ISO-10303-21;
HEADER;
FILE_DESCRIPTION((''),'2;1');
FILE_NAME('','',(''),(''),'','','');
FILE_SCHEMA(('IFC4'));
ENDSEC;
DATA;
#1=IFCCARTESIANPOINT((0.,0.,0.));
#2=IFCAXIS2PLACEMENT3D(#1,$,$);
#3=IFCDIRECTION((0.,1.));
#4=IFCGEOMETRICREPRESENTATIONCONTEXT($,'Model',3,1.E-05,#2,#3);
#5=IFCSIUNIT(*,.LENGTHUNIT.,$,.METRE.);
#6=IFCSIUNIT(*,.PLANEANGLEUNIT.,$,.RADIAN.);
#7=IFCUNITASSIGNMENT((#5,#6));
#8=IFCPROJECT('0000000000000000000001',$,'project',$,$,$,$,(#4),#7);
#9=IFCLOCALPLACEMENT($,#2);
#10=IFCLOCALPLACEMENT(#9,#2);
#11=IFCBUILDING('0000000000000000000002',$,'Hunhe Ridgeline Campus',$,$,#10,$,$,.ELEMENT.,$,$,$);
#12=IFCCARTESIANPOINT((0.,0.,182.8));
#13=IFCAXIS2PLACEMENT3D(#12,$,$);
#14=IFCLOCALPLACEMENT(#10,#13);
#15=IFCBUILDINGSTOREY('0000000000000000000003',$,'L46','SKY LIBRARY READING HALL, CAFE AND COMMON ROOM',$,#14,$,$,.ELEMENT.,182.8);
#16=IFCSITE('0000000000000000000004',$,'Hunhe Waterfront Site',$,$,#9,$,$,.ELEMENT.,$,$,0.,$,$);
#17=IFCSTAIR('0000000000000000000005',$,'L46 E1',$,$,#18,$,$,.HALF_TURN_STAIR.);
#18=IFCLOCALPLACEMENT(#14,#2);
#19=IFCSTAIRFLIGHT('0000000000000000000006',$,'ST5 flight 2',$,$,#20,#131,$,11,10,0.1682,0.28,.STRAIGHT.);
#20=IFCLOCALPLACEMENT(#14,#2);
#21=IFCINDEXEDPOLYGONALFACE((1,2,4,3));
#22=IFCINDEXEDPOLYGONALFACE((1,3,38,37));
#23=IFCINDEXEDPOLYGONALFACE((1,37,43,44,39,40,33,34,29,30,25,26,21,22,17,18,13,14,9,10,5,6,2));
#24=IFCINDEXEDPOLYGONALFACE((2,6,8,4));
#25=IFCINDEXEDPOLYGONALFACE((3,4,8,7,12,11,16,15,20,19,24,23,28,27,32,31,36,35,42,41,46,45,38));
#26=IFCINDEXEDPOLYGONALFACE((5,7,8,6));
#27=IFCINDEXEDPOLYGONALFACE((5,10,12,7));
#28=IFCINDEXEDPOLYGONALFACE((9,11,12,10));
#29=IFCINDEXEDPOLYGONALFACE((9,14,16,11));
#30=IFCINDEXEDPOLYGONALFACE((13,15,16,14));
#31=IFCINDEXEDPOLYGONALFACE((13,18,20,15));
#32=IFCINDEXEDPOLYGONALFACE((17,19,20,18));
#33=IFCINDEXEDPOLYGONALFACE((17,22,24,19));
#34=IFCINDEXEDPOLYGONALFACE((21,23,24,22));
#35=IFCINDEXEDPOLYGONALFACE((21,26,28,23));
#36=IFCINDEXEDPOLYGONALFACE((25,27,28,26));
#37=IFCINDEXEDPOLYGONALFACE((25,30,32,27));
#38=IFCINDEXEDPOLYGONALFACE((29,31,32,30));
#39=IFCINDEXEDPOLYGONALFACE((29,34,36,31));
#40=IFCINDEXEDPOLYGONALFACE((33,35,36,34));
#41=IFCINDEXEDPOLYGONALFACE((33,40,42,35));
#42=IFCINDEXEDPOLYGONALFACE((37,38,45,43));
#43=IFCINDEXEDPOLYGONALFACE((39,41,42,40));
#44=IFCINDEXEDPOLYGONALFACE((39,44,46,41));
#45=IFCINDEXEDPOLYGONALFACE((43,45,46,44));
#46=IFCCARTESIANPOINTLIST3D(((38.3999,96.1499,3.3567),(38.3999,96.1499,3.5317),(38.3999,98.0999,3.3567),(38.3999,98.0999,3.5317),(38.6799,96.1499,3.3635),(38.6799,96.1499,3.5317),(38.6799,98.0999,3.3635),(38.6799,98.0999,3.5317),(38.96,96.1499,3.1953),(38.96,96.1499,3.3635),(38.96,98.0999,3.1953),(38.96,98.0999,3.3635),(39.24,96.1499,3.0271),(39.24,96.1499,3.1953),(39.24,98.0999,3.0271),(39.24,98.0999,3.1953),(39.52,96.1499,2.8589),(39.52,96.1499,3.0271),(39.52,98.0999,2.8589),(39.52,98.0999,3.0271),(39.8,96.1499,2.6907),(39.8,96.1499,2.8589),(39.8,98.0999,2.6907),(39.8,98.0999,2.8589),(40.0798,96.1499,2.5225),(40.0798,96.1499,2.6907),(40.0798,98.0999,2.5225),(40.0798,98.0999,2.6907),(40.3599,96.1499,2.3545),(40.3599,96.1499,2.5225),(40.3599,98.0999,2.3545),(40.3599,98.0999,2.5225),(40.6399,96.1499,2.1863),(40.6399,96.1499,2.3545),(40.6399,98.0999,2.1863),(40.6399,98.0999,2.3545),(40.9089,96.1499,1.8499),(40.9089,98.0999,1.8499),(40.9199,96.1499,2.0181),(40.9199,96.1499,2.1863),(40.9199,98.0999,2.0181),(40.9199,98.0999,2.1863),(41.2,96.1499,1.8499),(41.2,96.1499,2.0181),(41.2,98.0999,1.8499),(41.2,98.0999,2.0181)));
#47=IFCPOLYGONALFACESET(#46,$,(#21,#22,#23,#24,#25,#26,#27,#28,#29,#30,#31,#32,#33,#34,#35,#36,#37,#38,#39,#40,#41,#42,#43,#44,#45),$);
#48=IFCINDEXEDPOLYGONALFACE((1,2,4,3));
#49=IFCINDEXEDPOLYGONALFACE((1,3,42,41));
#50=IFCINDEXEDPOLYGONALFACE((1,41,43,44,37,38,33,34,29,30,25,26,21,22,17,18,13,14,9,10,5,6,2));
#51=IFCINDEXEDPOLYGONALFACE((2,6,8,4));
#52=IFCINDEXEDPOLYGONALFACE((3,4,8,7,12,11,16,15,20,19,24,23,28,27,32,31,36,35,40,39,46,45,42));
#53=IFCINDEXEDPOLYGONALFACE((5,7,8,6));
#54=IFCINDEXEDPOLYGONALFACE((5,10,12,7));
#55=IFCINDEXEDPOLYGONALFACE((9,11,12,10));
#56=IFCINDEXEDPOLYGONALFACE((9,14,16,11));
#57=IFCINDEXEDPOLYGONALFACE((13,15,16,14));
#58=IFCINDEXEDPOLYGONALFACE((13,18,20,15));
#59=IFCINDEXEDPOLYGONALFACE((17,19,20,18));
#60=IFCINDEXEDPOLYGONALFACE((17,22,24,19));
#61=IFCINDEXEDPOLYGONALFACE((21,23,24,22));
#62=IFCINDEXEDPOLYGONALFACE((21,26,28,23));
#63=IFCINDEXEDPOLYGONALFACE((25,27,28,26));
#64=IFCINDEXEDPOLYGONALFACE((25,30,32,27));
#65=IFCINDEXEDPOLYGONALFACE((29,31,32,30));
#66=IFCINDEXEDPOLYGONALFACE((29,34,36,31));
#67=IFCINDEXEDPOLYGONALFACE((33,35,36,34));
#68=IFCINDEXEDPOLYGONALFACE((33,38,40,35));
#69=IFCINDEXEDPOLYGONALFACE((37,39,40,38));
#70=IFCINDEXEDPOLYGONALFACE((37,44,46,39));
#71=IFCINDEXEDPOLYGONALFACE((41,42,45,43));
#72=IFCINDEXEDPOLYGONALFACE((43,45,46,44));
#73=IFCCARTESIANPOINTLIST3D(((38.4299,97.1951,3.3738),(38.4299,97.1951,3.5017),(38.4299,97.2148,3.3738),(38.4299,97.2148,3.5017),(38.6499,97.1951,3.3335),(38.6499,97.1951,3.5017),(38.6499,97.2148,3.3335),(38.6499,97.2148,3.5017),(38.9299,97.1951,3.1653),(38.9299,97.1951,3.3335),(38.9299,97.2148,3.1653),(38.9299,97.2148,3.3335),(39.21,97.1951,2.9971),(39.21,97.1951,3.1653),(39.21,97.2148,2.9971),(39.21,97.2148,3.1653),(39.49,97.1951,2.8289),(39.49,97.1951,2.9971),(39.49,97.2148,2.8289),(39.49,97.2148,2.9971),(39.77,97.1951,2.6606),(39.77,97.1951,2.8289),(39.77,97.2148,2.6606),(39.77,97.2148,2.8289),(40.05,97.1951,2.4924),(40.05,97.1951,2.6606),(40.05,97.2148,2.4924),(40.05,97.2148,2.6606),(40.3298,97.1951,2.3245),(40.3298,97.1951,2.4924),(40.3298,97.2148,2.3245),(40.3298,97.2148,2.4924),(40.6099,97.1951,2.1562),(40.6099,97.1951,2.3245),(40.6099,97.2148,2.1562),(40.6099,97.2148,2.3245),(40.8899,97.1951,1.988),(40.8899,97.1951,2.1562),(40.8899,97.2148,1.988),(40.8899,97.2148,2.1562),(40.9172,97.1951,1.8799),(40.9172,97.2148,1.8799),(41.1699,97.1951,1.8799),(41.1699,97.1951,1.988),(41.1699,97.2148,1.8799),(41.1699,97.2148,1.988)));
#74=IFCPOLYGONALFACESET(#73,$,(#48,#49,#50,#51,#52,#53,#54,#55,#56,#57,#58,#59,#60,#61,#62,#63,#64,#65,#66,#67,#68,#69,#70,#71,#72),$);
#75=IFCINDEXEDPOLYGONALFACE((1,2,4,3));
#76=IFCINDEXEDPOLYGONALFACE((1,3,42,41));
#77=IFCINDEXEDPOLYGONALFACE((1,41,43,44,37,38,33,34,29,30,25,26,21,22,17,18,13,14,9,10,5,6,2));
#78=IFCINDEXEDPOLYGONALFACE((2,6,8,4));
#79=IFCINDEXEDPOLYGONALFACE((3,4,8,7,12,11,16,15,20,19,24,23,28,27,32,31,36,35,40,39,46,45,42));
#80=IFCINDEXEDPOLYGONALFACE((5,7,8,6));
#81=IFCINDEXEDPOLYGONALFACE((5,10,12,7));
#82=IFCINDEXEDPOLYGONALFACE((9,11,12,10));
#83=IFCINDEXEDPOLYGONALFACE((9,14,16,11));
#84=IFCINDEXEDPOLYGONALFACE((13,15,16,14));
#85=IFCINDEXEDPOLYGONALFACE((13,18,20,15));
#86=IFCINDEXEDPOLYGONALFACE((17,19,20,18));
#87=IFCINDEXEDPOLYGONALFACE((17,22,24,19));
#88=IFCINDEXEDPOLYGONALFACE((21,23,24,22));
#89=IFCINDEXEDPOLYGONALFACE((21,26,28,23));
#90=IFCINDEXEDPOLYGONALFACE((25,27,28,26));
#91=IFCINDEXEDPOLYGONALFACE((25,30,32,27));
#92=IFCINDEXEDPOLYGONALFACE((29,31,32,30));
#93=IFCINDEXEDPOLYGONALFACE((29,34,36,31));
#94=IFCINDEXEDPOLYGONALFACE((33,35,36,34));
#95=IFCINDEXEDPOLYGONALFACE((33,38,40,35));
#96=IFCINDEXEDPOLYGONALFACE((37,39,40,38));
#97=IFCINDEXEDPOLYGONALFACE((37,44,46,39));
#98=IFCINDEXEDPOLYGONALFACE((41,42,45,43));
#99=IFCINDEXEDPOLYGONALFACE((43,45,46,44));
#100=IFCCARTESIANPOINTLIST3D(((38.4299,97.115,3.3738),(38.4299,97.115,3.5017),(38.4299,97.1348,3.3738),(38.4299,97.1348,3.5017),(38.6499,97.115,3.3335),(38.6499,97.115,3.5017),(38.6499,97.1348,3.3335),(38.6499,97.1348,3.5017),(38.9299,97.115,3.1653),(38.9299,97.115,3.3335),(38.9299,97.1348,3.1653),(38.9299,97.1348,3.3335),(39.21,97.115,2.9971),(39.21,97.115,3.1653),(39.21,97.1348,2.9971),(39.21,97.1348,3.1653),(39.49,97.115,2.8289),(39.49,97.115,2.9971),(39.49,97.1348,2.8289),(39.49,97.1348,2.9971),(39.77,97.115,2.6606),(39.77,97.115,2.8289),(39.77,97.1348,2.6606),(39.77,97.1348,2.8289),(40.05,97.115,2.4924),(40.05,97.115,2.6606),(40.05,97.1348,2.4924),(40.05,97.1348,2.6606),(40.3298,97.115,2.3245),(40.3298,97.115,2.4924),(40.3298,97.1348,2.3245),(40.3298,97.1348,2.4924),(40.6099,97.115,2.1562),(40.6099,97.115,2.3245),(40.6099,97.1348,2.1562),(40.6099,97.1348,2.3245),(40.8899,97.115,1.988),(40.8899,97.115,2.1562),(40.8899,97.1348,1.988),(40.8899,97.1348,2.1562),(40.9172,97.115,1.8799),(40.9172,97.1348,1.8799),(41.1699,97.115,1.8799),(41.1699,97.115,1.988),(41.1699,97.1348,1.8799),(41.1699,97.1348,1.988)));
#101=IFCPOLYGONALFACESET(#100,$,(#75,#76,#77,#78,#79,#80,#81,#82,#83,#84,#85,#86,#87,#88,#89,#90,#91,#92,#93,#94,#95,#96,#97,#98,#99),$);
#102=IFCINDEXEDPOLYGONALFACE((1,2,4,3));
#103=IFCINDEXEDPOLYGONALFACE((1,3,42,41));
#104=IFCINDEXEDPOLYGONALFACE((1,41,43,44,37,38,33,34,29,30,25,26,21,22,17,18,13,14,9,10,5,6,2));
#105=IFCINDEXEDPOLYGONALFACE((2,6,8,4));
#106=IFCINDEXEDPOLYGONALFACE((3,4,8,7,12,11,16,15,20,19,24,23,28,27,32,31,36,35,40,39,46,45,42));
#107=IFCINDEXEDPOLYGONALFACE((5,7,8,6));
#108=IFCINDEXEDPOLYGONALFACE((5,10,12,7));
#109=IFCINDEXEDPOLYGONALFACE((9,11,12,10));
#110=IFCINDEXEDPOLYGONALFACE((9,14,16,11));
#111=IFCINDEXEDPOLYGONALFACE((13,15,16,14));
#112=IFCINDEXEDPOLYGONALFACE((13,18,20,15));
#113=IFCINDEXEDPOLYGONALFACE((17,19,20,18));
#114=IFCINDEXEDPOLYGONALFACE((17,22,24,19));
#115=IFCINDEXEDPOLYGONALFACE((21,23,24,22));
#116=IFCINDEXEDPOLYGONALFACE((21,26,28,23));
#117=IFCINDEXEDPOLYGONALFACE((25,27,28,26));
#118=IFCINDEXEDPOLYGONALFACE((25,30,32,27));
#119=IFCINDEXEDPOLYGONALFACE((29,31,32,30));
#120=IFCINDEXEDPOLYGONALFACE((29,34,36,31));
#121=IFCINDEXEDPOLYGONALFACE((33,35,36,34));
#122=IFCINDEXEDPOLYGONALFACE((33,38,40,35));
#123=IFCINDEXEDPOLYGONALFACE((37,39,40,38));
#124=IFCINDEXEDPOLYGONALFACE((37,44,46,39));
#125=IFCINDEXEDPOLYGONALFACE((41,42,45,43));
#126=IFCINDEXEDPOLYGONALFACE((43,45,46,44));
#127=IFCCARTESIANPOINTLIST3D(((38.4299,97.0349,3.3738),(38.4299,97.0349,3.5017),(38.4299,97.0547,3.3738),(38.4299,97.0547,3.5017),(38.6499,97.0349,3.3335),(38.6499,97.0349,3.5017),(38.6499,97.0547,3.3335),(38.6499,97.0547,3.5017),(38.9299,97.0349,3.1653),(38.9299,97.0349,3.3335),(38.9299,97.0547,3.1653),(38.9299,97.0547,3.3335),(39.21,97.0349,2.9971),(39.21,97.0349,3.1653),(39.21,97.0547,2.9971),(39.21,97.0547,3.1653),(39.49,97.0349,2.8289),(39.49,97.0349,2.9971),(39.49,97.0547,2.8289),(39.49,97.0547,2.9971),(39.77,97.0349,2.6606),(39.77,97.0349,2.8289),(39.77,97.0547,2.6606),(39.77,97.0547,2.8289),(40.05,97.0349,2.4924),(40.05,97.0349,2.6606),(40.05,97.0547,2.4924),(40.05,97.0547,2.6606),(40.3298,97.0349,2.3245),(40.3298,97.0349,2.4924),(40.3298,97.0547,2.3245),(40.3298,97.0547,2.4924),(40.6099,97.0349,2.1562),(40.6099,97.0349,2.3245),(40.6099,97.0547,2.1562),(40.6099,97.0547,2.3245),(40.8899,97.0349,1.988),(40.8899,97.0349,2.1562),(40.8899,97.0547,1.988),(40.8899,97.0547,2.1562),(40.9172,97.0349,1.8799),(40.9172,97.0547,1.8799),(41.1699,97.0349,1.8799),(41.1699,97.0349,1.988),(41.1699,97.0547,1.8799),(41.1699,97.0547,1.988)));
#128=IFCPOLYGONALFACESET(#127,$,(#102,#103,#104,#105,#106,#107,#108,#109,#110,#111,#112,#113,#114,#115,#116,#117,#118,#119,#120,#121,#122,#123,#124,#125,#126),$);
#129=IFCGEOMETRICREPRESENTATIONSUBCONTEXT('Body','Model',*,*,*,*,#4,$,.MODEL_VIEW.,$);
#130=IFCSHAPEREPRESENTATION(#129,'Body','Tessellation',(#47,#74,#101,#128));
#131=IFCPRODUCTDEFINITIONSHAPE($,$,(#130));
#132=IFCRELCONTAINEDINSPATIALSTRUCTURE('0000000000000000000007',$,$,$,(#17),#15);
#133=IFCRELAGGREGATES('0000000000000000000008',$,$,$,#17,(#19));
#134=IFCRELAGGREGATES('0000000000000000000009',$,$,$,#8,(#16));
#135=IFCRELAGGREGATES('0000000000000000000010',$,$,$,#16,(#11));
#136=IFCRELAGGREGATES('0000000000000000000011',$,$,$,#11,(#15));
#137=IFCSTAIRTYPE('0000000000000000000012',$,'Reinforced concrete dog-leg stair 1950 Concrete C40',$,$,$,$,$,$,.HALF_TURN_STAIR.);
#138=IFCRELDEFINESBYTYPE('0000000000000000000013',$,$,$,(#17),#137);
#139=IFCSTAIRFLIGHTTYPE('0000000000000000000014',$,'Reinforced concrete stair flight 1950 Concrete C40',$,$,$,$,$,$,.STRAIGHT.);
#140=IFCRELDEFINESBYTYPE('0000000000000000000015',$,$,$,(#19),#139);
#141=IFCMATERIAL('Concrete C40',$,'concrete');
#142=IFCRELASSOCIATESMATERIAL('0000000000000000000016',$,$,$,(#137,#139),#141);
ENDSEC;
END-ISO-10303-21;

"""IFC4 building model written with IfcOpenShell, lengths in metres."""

from ifc_helpers import new_model, si_unit, direction, frame, origin, place, context, subcontext, project, spatial, polyline, outline, extrude, material, type_object, element, aggregate, save


model = new_model("IFC4")

# Units and contexts
model_context = context("Model", 3, precision=1e-05, world=origin(), true_north=direction((0.0, 1.0)))
body_context = subcontext(model_context, "Body", "Model", "MODEL_VIEW")
ifc_project = project(units=[si_unit("LENGTHUNIT", "METRE"), si_unit("PLANEANGLEUNIT", "RADIAN")], contexts=[model_context])

# Site, building, storey
site_placement = place(None, origin())
site = spatial("IfcSite", under=ifc_project, at=site_placement, Name="Hunhe Waterfront Site", CompositionType="ELEMENT", RefElevation=0.0)
building_placement = place(site_placement, origin())
building = spatial("IfcBuilding", under=site, at=building_placement, Name="Hunhe Ridgeline Campus", CompositionType="ELEMENT")
storey_placement = place(building_placement, frame((0.0, 0.0, 182.8)))
storey = spatial("IfcBuildingStorey", under=building, at=storey_placement, Name="L46", Description="SKY LIBRARY READING HALL, CAFE AND COMMON ROOM", CompositionType="ELEMENT", Elevation=182.8)

# Stair, stair flight
ifc_material_1 = material(Name="Concrete C40", Category="concrete")
stair_type = type_object("IfcStairType", Name="Reinforced concrete dog-leg stair 1950 Concrete C40", PredefinedType="HALF_TURN_STAIR", material=ifc_material_1)
stair_placement = place(storey_placement, origin())
stair = element("IfcStair", 1, at=stair_placement, inside=storey, type_object=stair_type, Name="L46 E1", PredefinedType="HALF_TURN_STAIR")
stair_flight_type = type_object("IfcStairFlightType", Name="Reinforced concrete stair flight 1950 Concrete C40", PredefinedType="STRAIGHT", material=ifc_material_1)
stair_flight_1_placement = place(storey_placement, frame((41.2, 97.125, 1.8499), z_axis=(0.0, 0.0, 1.0), x_axis=(-1.0, 0.0, 0.0)))
stair_flight_1 = element("IfcStairFlight", 2, at=stair_flight_1_placement, type_object=stair_flight_type, Name="ST5 flight 2", NumberOfRisers=11, NumberOfTreads=10, PredefinedType="STRAIGHT", RiserHeight=0.1682, TreadLength=0.28, context=body_context, shape_type="SweptSolid", body=[
    extrude(outline(polyline([(0.0, 0.0), (0.0, 0.1682), (0.28, 0.1682), (0.28, 0.3364), (0.5601, 0.3364), (0.5601, 0.5046), (0.8401, 0.5046), (0.8401, 0.6726), (1.1201, 0.6726), (1.1201, 0.8408), (1.3999, 0.8408), (1.3999, 1.009), (1.6799, 1.009), (1.6799, 1.1772), (1.96, 1.1772), (1.96, 1.3455), (2.24, 1.3455), (2.24, 1.5137), (2.52, 1.5137), (2.52, 1.6819), (2.8, 1.6819), (2.8, 1.8501), (2.8, 1.5068), (0.291, 0.0), (0.0, 0.0)])), frame((0.0, 0.9751, 0.0), z_axis=(0.0, -1.0, 0.0), x_axis=(1.0, 0.0, 0.0)), (0.0, 0.0, 1.0), 1.95),
    extrude(outline(polyline([(0.03, 0.03), (0.03, 0.1382), (0.3101, 0.1382), (0.3101, 0.3064), (0.5901, 0.3064), (0.5901, 0.4746), (0.8701, 0.4746), (0.8701, 0.6426), (1.1499, 0.6426), (1.1499, 0.8108), (1.4299, 0.8108), (1.4299, 0.979), (1.71, 0.979), (1.71, 1.1472), (1.99, 1.1472), (1.99, 1.3154), (2.27, 1.3154), (2.27, 1.4836), (2.55, 1.4836), (2.55, 1.6519), (2.77, 1.6519), (2.77, 1.5239), (0.2827, 0.03), (0.03, 0.03)])), frame((0.0, -0.0701, 0.0), z_axis=(0.0, -1.0, 0.0), x_axis=(1.0, 0.0, 0.0)), (0.0, 0.0, 1.0), 0.0198),
    extrude(outline(polyline([(0.03, 0.03), (0.03, 0.1382), (0.3101, 0.1382), (0.3101, 0.3064), (0.5901, 0.3064), (0.5901, 0.4746), (0.8701, 0.4746), (0.8701, 0.6426), (1.1499, 0.6426), (1.1499, 0.8108), (1.4299, 0.8108), (1.4299, 0.979), (1.71, 0.979), (1.71, 1.1472), (1.99, 1.1472), (1.99, 1.3154), (2.27, 1.3154), (2.27, 1.4836), (2.55, 1.4836), (2.55, 1.6519), (2.77, 1.6519), (2.77, 1.5239), (0.2827, 0.03), (0.03, 0.03)])), frame((0.0, 0.01, 0.0), z_axis=(0.0, -1.0, 0.0), x_axis=(1.0, 0.0, 0.0)), (0.0, 0.0, 1.0), 0.0198),
    extrude(outline(polyline([(0.03, 0.03), (0.03, 0.1382), (0.3101, 0.1382), (0.3101, 0.3064), (0.5901, 0.3064), (0.5901, 0.4746), (0.8701, 0.4746), (0.8701, 0.6426), (1.1499, 0.6426), (1.1499, 0.8108), (1.4299, 0.8108), (1.4299, 0.979), (1.71, 0.979), (1.71, 1.1472), (1.99, 1.1472), (1.99, 1.3154), (2.27, 1.3154), (2.27, 1.4836), (2.55, 1.4836), (2.55, 1.6519), (2.77, 1.6519), (2.77, 1.5239), (0.2827, 0.03), (0.03, 0.03)])), frame((0.0, 0.0901, 0.0), z_axis=(0.0, -1.0, 0.0), x_axis=(1.0, 0.0, 0.0)), (0.0, 0.0, 1.0), 0.0198),
])
aggregate(stair, [stair_flight_1])

save(model, "model.ifc")
